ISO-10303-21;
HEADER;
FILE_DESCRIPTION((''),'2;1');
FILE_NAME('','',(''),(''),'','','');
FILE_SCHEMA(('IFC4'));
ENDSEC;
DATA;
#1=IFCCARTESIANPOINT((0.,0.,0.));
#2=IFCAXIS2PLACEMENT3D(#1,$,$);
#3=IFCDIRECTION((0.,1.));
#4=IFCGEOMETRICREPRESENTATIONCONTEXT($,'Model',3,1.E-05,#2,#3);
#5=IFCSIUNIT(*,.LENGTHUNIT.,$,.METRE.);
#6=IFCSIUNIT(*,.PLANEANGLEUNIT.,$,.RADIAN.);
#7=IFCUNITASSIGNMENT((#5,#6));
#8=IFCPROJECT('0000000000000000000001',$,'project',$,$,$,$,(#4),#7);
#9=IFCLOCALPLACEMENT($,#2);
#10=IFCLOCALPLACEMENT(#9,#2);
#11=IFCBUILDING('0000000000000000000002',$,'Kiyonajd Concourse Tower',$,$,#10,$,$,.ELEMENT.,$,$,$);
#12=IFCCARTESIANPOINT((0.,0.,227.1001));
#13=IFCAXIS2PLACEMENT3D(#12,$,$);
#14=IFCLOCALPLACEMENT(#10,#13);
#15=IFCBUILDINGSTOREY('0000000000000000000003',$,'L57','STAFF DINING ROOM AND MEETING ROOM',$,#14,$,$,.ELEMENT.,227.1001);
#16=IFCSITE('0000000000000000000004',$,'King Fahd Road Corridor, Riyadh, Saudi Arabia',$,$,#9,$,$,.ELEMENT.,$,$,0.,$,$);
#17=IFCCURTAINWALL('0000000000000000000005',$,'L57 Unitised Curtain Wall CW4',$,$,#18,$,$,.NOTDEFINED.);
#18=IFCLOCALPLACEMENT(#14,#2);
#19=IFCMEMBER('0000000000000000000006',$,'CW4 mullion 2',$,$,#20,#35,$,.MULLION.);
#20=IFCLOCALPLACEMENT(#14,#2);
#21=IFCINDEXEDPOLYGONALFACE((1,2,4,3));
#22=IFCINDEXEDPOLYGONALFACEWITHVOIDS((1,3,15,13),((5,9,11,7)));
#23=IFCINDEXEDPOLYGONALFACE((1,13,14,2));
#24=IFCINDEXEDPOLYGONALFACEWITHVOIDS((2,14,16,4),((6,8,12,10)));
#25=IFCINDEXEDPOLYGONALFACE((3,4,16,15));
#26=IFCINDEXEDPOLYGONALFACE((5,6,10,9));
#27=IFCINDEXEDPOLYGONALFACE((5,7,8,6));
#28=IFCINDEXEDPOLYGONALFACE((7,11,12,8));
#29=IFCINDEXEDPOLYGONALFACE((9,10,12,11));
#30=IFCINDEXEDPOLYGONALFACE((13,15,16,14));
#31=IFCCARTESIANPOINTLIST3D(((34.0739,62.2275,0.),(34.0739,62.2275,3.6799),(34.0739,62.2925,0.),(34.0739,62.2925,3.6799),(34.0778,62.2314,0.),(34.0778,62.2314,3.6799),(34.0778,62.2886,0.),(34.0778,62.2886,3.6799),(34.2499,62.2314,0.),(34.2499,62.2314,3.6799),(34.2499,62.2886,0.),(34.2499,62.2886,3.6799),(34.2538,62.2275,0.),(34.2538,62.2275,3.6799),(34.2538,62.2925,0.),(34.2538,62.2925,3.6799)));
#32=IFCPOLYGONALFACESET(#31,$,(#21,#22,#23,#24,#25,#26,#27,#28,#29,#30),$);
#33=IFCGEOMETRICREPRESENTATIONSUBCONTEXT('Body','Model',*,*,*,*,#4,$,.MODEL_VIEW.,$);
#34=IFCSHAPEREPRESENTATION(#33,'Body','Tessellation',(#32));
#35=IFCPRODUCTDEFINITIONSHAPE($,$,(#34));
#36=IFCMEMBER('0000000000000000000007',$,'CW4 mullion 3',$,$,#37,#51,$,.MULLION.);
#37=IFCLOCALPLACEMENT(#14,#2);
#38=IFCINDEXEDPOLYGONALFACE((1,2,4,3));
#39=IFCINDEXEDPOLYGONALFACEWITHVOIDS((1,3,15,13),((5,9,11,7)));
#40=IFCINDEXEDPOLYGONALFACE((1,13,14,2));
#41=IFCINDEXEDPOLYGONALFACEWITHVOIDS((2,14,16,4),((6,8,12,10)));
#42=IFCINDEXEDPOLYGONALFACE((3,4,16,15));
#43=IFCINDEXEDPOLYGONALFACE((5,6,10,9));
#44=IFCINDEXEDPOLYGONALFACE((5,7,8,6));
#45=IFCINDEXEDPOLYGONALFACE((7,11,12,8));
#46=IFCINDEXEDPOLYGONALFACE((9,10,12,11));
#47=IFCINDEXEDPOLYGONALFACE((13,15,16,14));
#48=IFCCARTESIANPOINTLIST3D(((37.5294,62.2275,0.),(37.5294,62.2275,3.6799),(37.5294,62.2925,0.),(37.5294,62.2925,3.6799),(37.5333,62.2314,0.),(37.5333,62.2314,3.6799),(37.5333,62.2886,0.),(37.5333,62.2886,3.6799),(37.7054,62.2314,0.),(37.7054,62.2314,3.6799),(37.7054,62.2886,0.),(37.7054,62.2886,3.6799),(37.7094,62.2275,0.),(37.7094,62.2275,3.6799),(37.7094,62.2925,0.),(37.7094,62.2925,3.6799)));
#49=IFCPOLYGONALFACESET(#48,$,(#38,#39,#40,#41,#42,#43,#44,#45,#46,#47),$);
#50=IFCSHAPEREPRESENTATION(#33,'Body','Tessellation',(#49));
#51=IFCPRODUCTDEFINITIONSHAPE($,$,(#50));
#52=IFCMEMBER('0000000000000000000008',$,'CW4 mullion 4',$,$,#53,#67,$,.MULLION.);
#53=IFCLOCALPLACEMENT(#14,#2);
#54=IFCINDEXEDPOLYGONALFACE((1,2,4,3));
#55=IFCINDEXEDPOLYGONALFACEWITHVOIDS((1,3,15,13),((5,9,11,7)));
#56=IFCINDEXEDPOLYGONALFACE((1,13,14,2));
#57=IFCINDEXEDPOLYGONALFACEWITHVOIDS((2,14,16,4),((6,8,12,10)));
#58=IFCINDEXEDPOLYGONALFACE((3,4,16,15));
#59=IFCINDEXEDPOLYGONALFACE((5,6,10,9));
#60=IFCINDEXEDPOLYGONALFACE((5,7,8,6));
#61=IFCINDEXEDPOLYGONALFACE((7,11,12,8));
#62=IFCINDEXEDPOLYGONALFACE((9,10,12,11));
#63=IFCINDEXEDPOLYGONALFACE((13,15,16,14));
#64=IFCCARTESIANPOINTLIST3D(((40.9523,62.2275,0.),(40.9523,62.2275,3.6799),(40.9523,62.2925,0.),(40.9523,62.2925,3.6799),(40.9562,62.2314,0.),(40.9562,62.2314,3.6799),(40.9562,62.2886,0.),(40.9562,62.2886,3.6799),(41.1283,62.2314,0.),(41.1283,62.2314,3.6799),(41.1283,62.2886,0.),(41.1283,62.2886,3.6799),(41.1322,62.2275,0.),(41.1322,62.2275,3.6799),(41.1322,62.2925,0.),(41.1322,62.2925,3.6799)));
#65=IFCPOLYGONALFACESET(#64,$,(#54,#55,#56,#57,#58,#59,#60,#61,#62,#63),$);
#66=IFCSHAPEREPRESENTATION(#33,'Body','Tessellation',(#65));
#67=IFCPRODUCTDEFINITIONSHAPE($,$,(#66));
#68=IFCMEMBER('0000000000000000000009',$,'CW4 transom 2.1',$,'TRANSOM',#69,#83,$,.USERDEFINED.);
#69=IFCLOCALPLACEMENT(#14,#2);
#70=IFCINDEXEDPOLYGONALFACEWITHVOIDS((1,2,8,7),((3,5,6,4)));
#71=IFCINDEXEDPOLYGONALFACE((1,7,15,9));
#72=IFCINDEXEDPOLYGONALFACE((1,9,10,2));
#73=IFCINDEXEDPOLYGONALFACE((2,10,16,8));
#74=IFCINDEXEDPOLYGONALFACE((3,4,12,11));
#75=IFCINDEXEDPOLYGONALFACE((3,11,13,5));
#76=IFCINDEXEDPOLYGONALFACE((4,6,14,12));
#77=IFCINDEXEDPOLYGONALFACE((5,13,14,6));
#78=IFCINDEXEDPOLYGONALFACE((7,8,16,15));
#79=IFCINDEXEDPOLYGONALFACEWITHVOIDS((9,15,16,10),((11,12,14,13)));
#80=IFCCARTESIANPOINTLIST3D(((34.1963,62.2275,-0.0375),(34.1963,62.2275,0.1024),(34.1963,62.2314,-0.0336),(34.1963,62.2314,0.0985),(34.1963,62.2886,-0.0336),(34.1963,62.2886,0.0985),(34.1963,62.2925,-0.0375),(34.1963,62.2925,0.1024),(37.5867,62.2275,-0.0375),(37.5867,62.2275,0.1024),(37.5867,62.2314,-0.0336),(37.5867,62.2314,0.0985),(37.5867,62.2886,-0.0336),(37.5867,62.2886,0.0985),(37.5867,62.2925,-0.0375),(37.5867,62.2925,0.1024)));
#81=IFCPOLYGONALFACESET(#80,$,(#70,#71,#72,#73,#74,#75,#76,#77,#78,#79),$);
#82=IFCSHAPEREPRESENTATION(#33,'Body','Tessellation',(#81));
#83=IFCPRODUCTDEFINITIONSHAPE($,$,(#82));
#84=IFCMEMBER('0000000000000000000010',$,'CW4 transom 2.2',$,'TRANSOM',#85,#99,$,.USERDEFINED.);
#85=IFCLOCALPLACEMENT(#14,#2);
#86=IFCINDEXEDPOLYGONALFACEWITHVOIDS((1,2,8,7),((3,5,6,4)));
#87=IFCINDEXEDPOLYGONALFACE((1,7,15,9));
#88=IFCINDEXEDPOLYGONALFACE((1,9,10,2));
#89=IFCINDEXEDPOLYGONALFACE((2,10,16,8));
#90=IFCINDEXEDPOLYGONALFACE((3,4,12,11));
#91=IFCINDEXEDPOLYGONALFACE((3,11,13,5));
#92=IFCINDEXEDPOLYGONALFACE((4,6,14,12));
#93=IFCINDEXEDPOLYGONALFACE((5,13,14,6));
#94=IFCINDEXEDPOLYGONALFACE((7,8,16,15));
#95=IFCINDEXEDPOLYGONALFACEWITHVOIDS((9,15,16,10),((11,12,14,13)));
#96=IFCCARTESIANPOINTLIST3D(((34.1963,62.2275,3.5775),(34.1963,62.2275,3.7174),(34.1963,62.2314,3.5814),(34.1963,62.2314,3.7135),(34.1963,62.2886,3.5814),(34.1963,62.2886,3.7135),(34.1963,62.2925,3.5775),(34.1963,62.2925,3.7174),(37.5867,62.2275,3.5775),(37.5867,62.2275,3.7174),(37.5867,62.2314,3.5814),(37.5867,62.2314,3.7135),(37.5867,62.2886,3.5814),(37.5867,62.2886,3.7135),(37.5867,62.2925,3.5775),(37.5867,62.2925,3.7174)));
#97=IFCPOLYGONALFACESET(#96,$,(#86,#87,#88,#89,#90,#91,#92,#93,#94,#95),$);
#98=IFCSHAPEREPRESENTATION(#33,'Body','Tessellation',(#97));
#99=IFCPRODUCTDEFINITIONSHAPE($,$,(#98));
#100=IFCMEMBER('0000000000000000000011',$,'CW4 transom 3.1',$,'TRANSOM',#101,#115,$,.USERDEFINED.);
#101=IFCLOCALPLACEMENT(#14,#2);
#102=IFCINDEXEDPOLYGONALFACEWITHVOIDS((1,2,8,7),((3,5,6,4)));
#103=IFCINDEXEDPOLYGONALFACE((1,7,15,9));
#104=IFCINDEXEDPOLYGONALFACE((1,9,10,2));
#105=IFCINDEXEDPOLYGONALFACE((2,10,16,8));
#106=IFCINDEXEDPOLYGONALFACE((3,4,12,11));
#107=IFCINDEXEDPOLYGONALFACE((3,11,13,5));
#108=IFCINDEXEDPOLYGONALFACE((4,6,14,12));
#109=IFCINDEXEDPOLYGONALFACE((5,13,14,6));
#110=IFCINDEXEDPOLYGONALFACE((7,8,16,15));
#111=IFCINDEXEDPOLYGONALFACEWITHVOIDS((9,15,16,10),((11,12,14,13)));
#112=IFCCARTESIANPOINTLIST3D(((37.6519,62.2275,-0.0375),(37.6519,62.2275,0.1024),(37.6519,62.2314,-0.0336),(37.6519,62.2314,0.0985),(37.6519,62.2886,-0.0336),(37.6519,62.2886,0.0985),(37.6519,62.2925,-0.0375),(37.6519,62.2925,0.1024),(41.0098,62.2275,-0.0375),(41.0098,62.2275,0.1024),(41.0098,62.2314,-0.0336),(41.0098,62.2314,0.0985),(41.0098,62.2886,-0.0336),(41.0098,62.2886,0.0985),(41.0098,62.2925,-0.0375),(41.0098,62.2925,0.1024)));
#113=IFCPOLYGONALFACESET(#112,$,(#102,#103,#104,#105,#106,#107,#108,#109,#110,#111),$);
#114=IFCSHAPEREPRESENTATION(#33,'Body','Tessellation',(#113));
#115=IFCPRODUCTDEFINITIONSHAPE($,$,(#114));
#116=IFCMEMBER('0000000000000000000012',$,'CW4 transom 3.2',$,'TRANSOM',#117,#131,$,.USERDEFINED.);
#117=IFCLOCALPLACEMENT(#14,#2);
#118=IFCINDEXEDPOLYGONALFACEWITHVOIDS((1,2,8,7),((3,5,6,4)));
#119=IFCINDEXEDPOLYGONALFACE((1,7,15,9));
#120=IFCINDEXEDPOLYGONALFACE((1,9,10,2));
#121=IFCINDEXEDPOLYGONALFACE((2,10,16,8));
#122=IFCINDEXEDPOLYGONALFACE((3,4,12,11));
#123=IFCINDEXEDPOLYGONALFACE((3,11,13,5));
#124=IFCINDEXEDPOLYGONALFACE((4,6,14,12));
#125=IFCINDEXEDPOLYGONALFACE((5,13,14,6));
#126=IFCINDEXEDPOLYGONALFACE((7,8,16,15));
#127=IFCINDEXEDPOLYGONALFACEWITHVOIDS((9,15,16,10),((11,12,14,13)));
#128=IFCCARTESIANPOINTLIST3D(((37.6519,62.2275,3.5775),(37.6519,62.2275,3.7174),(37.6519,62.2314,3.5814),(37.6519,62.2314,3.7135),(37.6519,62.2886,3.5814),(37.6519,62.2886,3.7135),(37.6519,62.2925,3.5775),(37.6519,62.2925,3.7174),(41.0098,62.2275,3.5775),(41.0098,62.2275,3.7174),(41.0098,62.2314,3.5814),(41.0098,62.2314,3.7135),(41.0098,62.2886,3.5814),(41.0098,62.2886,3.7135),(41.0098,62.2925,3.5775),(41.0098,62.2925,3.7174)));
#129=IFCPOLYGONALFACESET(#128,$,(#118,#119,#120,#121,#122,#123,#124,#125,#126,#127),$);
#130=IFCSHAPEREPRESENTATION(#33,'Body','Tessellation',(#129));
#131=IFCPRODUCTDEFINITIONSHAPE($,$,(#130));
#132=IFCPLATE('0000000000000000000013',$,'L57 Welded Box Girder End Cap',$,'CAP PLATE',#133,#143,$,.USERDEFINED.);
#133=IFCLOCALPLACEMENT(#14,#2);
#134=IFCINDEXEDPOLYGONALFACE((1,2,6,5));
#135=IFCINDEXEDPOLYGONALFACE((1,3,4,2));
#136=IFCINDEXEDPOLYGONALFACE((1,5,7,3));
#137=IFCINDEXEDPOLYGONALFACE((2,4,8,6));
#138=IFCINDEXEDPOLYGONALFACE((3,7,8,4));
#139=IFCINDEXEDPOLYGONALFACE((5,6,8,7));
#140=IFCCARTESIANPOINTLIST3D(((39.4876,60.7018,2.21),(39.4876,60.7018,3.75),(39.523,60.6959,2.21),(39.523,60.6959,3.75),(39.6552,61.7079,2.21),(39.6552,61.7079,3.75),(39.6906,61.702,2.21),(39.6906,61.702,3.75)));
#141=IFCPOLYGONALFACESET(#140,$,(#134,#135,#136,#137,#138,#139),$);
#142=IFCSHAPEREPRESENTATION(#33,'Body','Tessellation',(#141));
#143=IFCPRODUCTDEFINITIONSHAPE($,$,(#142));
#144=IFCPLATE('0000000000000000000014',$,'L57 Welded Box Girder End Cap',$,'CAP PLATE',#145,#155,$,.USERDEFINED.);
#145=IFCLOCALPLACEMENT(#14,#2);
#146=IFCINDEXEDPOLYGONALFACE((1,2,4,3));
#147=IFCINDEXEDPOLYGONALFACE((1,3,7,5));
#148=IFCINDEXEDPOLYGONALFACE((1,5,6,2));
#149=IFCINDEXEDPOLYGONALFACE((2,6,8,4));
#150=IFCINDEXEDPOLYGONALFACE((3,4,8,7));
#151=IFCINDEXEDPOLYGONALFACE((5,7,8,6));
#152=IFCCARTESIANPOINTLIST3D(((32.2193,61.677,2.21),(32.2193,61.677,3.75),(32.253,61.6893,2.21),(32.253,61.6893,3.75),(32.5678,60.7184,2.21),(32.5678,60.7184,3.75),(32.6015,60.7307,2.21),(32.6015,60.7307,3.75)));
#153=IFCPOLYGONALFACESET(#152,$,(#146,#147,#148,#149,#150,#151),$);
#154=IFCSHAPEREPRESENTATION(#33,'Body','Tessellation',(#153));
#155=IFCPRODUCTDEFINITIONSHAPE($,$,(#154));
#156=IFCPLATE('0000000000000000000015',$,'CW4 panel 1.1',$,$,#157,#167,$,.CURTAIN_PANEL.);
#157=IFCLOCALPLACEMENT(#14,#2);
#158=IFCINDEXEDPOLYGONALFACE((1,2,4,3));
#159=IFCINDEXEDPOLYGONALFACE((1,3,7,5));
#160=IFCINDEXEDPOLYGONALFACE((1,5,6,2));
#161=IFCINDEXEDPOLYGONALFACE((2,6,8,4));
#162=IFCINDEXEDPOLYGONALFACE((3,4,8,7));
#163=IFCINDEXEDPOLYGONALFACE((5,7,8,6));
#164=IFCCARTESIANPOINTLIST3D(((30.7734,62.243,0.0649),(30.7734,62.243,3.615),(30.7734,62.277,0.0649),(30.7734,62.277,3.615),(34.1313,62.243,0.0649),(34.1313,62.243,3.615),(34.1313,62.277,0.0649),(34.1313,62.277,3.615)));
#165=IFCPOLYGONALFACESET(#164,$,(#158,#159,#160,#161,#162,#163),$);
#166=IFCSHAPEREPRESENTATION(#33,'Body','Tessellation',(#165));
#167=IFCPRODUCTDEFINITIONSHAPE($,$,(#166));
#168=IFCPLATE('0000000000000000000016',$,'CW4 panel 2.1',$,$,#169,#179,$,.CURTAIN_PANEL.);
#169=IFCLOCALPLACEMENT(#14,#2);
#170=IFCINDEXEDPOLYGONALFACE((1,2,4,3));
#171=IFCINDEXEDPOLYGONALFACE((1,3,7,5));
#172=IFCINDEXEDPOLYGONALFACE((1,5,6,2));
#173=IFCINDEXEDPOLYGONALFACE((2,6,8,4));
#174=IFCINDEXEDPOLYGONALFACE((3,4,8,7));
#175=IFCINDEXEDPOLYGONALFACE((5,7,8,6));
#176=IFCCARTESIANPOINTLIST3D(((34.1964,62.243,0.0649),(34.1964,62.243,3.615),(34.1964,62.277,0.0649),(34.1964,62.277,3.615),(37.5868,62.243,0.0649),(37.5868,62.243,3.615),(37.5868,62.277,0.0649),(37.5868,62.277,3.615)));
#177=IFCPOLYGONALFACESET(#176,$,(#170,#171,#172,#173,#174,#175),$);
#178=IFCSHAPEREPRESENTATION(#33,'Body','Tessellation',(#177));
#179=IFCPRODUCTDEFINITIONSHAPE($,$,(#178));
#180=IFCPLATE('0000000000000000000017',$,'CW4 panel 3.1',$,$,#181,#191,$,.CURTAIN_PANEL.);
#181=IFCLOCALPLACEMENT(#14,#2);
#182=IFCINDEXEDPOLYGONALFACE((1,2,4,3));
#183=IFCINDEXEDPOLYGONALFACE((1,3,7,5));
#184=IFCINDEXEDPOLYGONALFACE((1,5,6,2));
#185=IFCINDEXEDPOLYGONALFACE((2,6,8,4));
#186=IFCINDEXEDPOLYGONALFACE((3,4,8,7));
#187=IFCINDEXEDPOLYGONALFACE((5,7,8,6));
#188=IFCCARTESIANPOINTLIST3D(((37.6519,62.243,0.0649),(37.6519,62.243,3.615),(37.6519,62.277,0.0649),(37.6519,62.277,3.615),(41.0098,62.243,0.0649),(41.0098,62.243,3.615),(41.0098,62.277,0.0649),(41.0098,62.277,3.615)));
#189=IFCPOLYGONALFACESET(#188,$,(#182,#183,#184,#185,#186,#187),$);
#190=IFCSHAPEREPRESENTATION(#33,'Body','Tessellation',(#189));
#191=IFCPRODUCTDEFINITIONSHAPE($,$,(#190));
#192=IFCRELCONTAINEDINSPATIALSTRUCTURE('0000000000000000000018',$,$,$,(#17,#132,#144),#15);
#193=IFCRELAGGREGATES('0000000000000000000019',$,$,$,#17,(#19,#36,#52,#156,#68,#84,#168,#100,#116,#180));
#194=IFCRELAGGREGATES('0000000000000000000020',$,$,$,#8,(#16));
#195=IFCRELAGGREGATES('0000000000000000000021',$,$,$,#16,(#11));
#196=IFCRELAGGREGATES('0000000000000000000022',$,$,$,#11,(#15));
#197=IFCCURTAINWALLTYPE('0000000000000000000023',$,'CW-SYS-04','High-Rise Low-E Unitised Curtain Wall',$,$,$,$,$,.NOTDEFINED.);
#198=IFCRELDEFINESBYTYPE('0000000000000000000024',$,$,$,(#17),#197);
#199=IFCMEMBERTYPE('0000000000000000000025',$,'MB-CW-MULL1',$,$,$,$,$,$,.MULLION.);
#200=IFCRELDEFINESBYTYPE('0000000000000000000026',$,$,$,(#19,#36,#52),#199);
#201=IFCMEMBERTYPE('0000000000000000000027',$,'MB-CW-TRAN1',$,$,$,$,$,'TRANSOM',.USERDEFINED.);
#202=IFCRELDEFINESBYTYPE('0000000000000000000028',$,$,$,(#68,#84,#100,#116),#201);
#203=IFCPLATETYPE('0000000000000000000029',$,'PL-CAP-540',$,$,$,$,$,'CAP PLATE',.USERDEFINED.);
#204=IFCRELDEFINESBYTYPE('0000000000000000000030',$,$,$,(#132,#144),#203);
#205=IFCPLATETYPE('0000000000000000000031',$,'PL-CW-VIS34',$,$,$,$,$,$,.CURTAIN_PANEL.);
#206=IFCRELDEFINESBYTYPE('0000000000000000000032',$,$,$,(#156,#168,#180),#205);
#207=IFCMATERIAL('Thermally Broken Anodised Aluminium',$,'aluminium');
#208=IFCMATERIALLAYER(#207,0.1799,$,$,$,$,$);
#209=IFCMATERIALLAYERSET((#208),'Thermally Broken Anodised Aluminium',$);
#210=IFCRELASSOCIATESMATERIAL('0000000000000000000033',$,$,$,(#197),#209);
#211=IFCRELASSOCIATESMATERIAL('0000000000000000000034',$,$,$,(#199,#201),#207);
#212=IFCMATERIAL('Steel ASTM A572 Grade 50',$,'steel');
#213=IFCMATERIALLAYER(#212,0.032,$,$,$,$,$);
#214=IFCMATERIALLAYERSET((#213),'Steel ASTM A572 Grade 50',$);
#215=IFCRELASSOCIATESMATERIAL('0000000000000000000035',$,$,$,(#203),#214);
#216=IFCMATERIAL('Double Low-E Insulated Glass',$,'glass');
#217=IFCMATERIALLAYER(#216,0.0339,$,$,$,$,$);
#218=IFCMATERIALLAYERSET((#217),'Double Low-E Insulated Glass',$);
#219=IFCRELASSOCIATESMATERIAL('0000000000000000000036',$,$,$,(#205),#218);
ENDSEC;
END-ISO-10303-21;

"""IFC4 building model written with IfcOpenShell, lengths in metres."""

from ifc_helpers import new_model, si_unit, direction, frame, origin, origin_2d, place, context, subcontext, project, spatial, rectangle, hollow_rectangle, extrude, material, layer, layer_set, material_profile, profile_set, type_object, element, aggregate, save


model = new_model("IFC4")

# Units and contexts
model_context = context("Model", 3, precision=1e-05, world=origin(), true_north=direction((0.0, 1.0)))
body_context = subcontext(model_context, "Body", "Model", "MODEL_VIEW")
ifc_project = project(units=[si_unit("LENGTHUNIT", "METRE"), si_unit("PLANEANGLEUNIT", "RADIAN")], contexts=[model_context])

# Site, building, storey
site_placement = place(None, origin())
site = spatial("IfcSite", under=ifc_project, at=site_placement, Name="King Fahd Road Corridor, Riyadh, Saudi Arabia", CompositionType="ELEMENT", RefElevation=0.0)
building_placement = place(site_placement, origin())
building = spatial("IfcBuilding", under=site, at=building_placement, Name="Kiyonajd Concourse Tower", CompositionType="ELEMENT")
storey_placement = place(building_placement, frame((0.0, 0.0, 227.1001)))
storey = spatial("IfcBuildingStorey", under=building, at=storey_placement, Name="L57", Description="STAFF DINING ROOM AND MEETING ROOM", CompositionType="ELEMENT", Elevation=227.1001)

# Shared definitions
ifc_material_1 = material(Name="Steel ASTM A572 Grade 50", Category="steel")

# Curtain wall, members
ifc_material_2 = material(Name="Thermally Broken Anodised Aluminium", Category="aluminium")
ifc_layer_1 = layer(ifc_material_2, 0.1799)
ifc_layer_set_1 = layer_set([ifc_layer_1], Name="Thermally Broken Anodised Aluminium")
curtain_wall_type = type_object("IfcCurtainWallType", Name="CW-SYS-04", Description="High-Rise Low-E Unitised Curtain Wall", PredefinedType="NOTDEFINED", material=ifc_layer_set_1)
curtain_wall_placement = place(storey_placement, origin())
curtain_wall = element("IfcCurtainWall", 1, at=curtain_wall_placement, inside=storey, type_object=curtain_wall_type, Name="L57 Unitised Curtain Wall CW4", PredefinedType="NOTDEFINED")
ifc_material_profile_1 = material_profile(ifc_material_2, hollow_rectangle(XDim=0.0649, YDim=0.1799, WallThickness=0.0039, at=origin_2d()), Name="MULL-65x180")
ifc_profile_set_1 = profile_set([ifc_material_profile_1], Name="Thermally Broken Anodised Aluminium")
member_type_1 = type_object("IfcMemberType", Name="MB-CW-MULL1", PredefinedType="MULLION", material=ifc_profile_set_1)
member_1_placement = place(storey_placement, frame((34.1638, 62.26, 0.0), z_axis=(0.0, 0.0, 1.0), x_axis=(0.0, 1.0, 0.0)))
member_1 = element("IfcMember", 2, at=member_1_placement, type_object=member_type_1, Name="CW4 mullion 2", PredefinedType="MULLION", context=body_context, shape_type="SweptSolid", body=[
    extrude(hollow_rectangle(XDim=0.0649, YDim=0.1799, WallThickness=0.0039, at=origin_2d()), origin(), (0.0, 0.0, 1.0), 3.6799),
])
member_2_placement = place(storey_placement, frame((37.6194, 62.26, 0.0), z_axis=(0.0, 0.0, 1.0), x_axis=(0.0, 1.0, 0.0)))
member_2 = element("IfcMember", 3, at=member_2_placement, type_object=member_type_1, Name="CW4 mullion 3", PredefinedType="MULLION", context=body_context, shape_type="SweptSolid", body=[
    extrude(hollow_rectangle(XDim=0.0649, YDim=0.1799, WallThickness=0.0039, at=origin_2d()), origin(), (0.0, 0.0, 1.0), 3.6799),
])
member_3_placement = place(storey_placement, frame((41.0422, 62.26, 0.0), z_axis=(0.0, 0.0, 1.0), x_axis=(0.0, 1.0, 0.0)))
member_3 = element("IfcMember", 4, at=member_3_placement, type_object=member_type_1, Name="CW4 mullion 4", PredefinedType="MULLION", context=body_context, shape_type="SweptSolid", body=[
    extrude(hollow_rectangle(XDim=0.0649, YDim=0.1799, WallThickness=0.0039, at=origin_2d()), origin(), (0.0, 0.0, 1.0), 3.6799),
])
ifc_material_profile_2 = material_profile(ifc_material_2, hollow_rectangle(XDim=0.0649, YDim=0.1399, WallThickness=0.0039, at=origin_2d()), Name="TRAN-65x140")
ifc_profile_set_2 = profile_set([ifc_material_profile_2], Name="Thermally Broken Anodised Aluminium")
member_type_2 = type_object("IfcMemberType", Name="MB-CW-TRAN1", ElementType="TRANSOM", PredefinedType="USERDEFINED", material=ifc_profile_set_2)
member_4_placement = place(storey_placement, frame((34.1963, 62.26, 0.0325), z_axis=(1.0, 0.0, 0.0), x_axis=(0.0, 1.0, 0.0)))
member_4 = element("IfcMember", 5, at=member_4_placement, type_object=member_type_2, Name="CW4 transom 2.1", ObjectType="TRANSOM", PredefinedType="USERDEFINED", context=body_context, shape_type="SweptSolid", body=[
    extrude(hollow_rectangle(XDim=0.0649, YDim=0.1399, WallThickness=0.0039, at=origin_2d()), origin(), (0.0, 0.0, 1.0), 3.3904),
])
member_5_placement = place(storey_placement, frame((34.1963, 62.26, 3.6475), z_axis=(1.0, 0.0, 0.0), x_axis=(0.0, 1.0, 0.0)))
member_5 = element("IfcMember", 6, at=member_5_placement, type_object=member_type_2, Name="CW4 transom 2.2", ObjectType="TRANSOM", PredefinedType="USERDEFINED", context=body_context, shape_type="SweptSolid", body=[
    extrude(hollow_rectangle(XDim=0.0649, YDim=0.1399, WallThickness=0.0039, at=origin_2d()), origin(), (0.0, 0.0, 1.0), 3.3904),
])
member_6_placement = place(storey_placement, frame((37.6519, 62.26, 0.0325), z_axis=(1.0, 0.0, 0.0), x_axis=(0.0, 1.0, 0.0)))
member_6 = element("IfcMember", 7, at=member_6_placement, type_object=member_type_2, Name="CW4 transom 3.1", ObjectType="TRANSOM", PredefinedType="USERDEFINED", context=body_context, shape_type="SweptSolid", body=[
    extrude(hollow_rectangle(XDim=0.0649, YDim=0.1399, WallThickness=0.0039, at=origin_2d()), origin(), (0.0, 0.0, 1.0), 3.3579),
])
member_7_placement = place(storey_placement, frame((37.6519, 62.26, 3.6475), z_axis=(1.0, 0.0, 0.0), x_axis=(0.0, 1.0, 0.0)))
member_7 = element("IfcMember", 8, at=member_7_placement, type_object=member_type_2, Name="CW4 transom 3.2", ObjectType="TRANSOM", PredefinedType="USERDEFINED", context=body_context, shape_type="SweptSolid", body=[
    extrude(hollow_rectangle(XDim=0.0649, YDim=0.1399, WallThickness=0.0039, at=origin_2d()), origin(), (0.0, 0.0, 1.0), 3.3579),
])

# Plates
ifc_layer_2 = layer(ifc_material_1, 0.032)
ifc_layer_set_2 = layer_set([ifc_layer_2], Name="Steel ASTM A572 Grade 50")
plate_type_1 = type_object("IfcPlateType", Name="PL-CAP-540", ElementType="CAP PLATE", PredefinedType="USERDEFINED", material=ifc_layer_set_2)
for number, where, z_axis, x_axis, name in (
    (9, (39.5891, 61.2019, 2.21), (0.0, 0.0, 1.0), (-0.986401, 0.164359, 0.0), "L57 Welded Box Girder End Cap"),
    (10, (32.4104, 61.2039, 2.21), (0.0, 0.0, 1.0), (0.939812, 0.341692, 0.0), "L57 Welded Box Girder End Cap"),
):
    element("IfcPlate", number, at=place(storey_placement, frame(where, z_axis=z_axis, x_axis=x_axis)), inside=storey, type_object=plate_type_1, Name=name, ObjectType="CAP PLATE", PredefinedType="USERDEFINED", context=body_context, shape_type="SweptSolid", body=[
        extrude(rectangle(XDim=0.0359, YDim=1.02, at=origin_2d()), origin(), (0.0, 0.0, 1.0), 1.54),
    ])

# Plates
ifc_material_3 = material(Name="Double Low-E Insulated Glass", Category="glass")
ifc_layer_3 = layer(ifc_material_3, 0.0339)
ifc_layer_set_3 = layer_set([ifc_layer_3], Name="Double Low-E Insulated Glass")
plate_type_2 = type_object("IfcPlateType", Name="PL-CW-VIS34", PredefinedType="CURTAIN_PANEL", material=ifc_layer_set_3)
plate_1_placement = place(storey_placement, frame((32.4524, 62.26, 0.0649), z_axis=(0.0, 0.0, 1.0), x_axis=(1.0, 0.0, 0.0)))
plate_1 = element("IfcPlate", 11, at=plate_1_placement, type_object=plate_type_2, Name="CW4 panel 1.1", PredefinedType="CURTAIN_PANEL", context=body_context, shape_type="SweptSolid", body=[
    extrude(rectangle(XDim=3.3579, YDim=0.0339, at=origin_2d()), origin(), (0.0, 0.0, 1.0), 3.55),
])
plate_2_placement = place(storey_placement, frame((35.8916, 62.26, 0.0649), z_axis=(0.0, 0.0, 1.0), x_axis=(1.0, 0.0, 0.0)))
plate_2 = element("IfcPlate", 12, at=plate_2_placement, type_object=plate_type_2, Name="CW4 panel 2.1", PredefinedType="CURTAIN_PANEL", context=body_context, shape_type="SweptSolid", body=[
    extrude(rectangle(XDim=3.3904, YDim=0.0339, at=origin_2d()), origin(), (0.0, 0.0, 1.0), 3.55),
])
plate_3_placement = place(storey_placement, frame((39.3308, 62.26, 0.0649), z_axis=(0.0, 0.0, 1.0), x_axis=(1.0, 0.0, 0.0)))
plate_3 = element("IfcPlate", 13, at=plate_3_placement, type_object=plate_type_2, Name="CW4 panel 3.1", PredefinedType="CURTAIN_PANEL", context=body_context, shape_type="SweptSolid", body=[
    extrude(rectangle(XDim=3.3579, YDim=0.0339, at=origin_2d()), origin(), (0.0, 0.0, 1.0), 3.55),
])
aggregate(curtain_wall, [member_1, member_2, member_3, plate_1, member_4, member_5, plate_2, member_6, member_7, plate_3])

save(model, "model.ifc")
